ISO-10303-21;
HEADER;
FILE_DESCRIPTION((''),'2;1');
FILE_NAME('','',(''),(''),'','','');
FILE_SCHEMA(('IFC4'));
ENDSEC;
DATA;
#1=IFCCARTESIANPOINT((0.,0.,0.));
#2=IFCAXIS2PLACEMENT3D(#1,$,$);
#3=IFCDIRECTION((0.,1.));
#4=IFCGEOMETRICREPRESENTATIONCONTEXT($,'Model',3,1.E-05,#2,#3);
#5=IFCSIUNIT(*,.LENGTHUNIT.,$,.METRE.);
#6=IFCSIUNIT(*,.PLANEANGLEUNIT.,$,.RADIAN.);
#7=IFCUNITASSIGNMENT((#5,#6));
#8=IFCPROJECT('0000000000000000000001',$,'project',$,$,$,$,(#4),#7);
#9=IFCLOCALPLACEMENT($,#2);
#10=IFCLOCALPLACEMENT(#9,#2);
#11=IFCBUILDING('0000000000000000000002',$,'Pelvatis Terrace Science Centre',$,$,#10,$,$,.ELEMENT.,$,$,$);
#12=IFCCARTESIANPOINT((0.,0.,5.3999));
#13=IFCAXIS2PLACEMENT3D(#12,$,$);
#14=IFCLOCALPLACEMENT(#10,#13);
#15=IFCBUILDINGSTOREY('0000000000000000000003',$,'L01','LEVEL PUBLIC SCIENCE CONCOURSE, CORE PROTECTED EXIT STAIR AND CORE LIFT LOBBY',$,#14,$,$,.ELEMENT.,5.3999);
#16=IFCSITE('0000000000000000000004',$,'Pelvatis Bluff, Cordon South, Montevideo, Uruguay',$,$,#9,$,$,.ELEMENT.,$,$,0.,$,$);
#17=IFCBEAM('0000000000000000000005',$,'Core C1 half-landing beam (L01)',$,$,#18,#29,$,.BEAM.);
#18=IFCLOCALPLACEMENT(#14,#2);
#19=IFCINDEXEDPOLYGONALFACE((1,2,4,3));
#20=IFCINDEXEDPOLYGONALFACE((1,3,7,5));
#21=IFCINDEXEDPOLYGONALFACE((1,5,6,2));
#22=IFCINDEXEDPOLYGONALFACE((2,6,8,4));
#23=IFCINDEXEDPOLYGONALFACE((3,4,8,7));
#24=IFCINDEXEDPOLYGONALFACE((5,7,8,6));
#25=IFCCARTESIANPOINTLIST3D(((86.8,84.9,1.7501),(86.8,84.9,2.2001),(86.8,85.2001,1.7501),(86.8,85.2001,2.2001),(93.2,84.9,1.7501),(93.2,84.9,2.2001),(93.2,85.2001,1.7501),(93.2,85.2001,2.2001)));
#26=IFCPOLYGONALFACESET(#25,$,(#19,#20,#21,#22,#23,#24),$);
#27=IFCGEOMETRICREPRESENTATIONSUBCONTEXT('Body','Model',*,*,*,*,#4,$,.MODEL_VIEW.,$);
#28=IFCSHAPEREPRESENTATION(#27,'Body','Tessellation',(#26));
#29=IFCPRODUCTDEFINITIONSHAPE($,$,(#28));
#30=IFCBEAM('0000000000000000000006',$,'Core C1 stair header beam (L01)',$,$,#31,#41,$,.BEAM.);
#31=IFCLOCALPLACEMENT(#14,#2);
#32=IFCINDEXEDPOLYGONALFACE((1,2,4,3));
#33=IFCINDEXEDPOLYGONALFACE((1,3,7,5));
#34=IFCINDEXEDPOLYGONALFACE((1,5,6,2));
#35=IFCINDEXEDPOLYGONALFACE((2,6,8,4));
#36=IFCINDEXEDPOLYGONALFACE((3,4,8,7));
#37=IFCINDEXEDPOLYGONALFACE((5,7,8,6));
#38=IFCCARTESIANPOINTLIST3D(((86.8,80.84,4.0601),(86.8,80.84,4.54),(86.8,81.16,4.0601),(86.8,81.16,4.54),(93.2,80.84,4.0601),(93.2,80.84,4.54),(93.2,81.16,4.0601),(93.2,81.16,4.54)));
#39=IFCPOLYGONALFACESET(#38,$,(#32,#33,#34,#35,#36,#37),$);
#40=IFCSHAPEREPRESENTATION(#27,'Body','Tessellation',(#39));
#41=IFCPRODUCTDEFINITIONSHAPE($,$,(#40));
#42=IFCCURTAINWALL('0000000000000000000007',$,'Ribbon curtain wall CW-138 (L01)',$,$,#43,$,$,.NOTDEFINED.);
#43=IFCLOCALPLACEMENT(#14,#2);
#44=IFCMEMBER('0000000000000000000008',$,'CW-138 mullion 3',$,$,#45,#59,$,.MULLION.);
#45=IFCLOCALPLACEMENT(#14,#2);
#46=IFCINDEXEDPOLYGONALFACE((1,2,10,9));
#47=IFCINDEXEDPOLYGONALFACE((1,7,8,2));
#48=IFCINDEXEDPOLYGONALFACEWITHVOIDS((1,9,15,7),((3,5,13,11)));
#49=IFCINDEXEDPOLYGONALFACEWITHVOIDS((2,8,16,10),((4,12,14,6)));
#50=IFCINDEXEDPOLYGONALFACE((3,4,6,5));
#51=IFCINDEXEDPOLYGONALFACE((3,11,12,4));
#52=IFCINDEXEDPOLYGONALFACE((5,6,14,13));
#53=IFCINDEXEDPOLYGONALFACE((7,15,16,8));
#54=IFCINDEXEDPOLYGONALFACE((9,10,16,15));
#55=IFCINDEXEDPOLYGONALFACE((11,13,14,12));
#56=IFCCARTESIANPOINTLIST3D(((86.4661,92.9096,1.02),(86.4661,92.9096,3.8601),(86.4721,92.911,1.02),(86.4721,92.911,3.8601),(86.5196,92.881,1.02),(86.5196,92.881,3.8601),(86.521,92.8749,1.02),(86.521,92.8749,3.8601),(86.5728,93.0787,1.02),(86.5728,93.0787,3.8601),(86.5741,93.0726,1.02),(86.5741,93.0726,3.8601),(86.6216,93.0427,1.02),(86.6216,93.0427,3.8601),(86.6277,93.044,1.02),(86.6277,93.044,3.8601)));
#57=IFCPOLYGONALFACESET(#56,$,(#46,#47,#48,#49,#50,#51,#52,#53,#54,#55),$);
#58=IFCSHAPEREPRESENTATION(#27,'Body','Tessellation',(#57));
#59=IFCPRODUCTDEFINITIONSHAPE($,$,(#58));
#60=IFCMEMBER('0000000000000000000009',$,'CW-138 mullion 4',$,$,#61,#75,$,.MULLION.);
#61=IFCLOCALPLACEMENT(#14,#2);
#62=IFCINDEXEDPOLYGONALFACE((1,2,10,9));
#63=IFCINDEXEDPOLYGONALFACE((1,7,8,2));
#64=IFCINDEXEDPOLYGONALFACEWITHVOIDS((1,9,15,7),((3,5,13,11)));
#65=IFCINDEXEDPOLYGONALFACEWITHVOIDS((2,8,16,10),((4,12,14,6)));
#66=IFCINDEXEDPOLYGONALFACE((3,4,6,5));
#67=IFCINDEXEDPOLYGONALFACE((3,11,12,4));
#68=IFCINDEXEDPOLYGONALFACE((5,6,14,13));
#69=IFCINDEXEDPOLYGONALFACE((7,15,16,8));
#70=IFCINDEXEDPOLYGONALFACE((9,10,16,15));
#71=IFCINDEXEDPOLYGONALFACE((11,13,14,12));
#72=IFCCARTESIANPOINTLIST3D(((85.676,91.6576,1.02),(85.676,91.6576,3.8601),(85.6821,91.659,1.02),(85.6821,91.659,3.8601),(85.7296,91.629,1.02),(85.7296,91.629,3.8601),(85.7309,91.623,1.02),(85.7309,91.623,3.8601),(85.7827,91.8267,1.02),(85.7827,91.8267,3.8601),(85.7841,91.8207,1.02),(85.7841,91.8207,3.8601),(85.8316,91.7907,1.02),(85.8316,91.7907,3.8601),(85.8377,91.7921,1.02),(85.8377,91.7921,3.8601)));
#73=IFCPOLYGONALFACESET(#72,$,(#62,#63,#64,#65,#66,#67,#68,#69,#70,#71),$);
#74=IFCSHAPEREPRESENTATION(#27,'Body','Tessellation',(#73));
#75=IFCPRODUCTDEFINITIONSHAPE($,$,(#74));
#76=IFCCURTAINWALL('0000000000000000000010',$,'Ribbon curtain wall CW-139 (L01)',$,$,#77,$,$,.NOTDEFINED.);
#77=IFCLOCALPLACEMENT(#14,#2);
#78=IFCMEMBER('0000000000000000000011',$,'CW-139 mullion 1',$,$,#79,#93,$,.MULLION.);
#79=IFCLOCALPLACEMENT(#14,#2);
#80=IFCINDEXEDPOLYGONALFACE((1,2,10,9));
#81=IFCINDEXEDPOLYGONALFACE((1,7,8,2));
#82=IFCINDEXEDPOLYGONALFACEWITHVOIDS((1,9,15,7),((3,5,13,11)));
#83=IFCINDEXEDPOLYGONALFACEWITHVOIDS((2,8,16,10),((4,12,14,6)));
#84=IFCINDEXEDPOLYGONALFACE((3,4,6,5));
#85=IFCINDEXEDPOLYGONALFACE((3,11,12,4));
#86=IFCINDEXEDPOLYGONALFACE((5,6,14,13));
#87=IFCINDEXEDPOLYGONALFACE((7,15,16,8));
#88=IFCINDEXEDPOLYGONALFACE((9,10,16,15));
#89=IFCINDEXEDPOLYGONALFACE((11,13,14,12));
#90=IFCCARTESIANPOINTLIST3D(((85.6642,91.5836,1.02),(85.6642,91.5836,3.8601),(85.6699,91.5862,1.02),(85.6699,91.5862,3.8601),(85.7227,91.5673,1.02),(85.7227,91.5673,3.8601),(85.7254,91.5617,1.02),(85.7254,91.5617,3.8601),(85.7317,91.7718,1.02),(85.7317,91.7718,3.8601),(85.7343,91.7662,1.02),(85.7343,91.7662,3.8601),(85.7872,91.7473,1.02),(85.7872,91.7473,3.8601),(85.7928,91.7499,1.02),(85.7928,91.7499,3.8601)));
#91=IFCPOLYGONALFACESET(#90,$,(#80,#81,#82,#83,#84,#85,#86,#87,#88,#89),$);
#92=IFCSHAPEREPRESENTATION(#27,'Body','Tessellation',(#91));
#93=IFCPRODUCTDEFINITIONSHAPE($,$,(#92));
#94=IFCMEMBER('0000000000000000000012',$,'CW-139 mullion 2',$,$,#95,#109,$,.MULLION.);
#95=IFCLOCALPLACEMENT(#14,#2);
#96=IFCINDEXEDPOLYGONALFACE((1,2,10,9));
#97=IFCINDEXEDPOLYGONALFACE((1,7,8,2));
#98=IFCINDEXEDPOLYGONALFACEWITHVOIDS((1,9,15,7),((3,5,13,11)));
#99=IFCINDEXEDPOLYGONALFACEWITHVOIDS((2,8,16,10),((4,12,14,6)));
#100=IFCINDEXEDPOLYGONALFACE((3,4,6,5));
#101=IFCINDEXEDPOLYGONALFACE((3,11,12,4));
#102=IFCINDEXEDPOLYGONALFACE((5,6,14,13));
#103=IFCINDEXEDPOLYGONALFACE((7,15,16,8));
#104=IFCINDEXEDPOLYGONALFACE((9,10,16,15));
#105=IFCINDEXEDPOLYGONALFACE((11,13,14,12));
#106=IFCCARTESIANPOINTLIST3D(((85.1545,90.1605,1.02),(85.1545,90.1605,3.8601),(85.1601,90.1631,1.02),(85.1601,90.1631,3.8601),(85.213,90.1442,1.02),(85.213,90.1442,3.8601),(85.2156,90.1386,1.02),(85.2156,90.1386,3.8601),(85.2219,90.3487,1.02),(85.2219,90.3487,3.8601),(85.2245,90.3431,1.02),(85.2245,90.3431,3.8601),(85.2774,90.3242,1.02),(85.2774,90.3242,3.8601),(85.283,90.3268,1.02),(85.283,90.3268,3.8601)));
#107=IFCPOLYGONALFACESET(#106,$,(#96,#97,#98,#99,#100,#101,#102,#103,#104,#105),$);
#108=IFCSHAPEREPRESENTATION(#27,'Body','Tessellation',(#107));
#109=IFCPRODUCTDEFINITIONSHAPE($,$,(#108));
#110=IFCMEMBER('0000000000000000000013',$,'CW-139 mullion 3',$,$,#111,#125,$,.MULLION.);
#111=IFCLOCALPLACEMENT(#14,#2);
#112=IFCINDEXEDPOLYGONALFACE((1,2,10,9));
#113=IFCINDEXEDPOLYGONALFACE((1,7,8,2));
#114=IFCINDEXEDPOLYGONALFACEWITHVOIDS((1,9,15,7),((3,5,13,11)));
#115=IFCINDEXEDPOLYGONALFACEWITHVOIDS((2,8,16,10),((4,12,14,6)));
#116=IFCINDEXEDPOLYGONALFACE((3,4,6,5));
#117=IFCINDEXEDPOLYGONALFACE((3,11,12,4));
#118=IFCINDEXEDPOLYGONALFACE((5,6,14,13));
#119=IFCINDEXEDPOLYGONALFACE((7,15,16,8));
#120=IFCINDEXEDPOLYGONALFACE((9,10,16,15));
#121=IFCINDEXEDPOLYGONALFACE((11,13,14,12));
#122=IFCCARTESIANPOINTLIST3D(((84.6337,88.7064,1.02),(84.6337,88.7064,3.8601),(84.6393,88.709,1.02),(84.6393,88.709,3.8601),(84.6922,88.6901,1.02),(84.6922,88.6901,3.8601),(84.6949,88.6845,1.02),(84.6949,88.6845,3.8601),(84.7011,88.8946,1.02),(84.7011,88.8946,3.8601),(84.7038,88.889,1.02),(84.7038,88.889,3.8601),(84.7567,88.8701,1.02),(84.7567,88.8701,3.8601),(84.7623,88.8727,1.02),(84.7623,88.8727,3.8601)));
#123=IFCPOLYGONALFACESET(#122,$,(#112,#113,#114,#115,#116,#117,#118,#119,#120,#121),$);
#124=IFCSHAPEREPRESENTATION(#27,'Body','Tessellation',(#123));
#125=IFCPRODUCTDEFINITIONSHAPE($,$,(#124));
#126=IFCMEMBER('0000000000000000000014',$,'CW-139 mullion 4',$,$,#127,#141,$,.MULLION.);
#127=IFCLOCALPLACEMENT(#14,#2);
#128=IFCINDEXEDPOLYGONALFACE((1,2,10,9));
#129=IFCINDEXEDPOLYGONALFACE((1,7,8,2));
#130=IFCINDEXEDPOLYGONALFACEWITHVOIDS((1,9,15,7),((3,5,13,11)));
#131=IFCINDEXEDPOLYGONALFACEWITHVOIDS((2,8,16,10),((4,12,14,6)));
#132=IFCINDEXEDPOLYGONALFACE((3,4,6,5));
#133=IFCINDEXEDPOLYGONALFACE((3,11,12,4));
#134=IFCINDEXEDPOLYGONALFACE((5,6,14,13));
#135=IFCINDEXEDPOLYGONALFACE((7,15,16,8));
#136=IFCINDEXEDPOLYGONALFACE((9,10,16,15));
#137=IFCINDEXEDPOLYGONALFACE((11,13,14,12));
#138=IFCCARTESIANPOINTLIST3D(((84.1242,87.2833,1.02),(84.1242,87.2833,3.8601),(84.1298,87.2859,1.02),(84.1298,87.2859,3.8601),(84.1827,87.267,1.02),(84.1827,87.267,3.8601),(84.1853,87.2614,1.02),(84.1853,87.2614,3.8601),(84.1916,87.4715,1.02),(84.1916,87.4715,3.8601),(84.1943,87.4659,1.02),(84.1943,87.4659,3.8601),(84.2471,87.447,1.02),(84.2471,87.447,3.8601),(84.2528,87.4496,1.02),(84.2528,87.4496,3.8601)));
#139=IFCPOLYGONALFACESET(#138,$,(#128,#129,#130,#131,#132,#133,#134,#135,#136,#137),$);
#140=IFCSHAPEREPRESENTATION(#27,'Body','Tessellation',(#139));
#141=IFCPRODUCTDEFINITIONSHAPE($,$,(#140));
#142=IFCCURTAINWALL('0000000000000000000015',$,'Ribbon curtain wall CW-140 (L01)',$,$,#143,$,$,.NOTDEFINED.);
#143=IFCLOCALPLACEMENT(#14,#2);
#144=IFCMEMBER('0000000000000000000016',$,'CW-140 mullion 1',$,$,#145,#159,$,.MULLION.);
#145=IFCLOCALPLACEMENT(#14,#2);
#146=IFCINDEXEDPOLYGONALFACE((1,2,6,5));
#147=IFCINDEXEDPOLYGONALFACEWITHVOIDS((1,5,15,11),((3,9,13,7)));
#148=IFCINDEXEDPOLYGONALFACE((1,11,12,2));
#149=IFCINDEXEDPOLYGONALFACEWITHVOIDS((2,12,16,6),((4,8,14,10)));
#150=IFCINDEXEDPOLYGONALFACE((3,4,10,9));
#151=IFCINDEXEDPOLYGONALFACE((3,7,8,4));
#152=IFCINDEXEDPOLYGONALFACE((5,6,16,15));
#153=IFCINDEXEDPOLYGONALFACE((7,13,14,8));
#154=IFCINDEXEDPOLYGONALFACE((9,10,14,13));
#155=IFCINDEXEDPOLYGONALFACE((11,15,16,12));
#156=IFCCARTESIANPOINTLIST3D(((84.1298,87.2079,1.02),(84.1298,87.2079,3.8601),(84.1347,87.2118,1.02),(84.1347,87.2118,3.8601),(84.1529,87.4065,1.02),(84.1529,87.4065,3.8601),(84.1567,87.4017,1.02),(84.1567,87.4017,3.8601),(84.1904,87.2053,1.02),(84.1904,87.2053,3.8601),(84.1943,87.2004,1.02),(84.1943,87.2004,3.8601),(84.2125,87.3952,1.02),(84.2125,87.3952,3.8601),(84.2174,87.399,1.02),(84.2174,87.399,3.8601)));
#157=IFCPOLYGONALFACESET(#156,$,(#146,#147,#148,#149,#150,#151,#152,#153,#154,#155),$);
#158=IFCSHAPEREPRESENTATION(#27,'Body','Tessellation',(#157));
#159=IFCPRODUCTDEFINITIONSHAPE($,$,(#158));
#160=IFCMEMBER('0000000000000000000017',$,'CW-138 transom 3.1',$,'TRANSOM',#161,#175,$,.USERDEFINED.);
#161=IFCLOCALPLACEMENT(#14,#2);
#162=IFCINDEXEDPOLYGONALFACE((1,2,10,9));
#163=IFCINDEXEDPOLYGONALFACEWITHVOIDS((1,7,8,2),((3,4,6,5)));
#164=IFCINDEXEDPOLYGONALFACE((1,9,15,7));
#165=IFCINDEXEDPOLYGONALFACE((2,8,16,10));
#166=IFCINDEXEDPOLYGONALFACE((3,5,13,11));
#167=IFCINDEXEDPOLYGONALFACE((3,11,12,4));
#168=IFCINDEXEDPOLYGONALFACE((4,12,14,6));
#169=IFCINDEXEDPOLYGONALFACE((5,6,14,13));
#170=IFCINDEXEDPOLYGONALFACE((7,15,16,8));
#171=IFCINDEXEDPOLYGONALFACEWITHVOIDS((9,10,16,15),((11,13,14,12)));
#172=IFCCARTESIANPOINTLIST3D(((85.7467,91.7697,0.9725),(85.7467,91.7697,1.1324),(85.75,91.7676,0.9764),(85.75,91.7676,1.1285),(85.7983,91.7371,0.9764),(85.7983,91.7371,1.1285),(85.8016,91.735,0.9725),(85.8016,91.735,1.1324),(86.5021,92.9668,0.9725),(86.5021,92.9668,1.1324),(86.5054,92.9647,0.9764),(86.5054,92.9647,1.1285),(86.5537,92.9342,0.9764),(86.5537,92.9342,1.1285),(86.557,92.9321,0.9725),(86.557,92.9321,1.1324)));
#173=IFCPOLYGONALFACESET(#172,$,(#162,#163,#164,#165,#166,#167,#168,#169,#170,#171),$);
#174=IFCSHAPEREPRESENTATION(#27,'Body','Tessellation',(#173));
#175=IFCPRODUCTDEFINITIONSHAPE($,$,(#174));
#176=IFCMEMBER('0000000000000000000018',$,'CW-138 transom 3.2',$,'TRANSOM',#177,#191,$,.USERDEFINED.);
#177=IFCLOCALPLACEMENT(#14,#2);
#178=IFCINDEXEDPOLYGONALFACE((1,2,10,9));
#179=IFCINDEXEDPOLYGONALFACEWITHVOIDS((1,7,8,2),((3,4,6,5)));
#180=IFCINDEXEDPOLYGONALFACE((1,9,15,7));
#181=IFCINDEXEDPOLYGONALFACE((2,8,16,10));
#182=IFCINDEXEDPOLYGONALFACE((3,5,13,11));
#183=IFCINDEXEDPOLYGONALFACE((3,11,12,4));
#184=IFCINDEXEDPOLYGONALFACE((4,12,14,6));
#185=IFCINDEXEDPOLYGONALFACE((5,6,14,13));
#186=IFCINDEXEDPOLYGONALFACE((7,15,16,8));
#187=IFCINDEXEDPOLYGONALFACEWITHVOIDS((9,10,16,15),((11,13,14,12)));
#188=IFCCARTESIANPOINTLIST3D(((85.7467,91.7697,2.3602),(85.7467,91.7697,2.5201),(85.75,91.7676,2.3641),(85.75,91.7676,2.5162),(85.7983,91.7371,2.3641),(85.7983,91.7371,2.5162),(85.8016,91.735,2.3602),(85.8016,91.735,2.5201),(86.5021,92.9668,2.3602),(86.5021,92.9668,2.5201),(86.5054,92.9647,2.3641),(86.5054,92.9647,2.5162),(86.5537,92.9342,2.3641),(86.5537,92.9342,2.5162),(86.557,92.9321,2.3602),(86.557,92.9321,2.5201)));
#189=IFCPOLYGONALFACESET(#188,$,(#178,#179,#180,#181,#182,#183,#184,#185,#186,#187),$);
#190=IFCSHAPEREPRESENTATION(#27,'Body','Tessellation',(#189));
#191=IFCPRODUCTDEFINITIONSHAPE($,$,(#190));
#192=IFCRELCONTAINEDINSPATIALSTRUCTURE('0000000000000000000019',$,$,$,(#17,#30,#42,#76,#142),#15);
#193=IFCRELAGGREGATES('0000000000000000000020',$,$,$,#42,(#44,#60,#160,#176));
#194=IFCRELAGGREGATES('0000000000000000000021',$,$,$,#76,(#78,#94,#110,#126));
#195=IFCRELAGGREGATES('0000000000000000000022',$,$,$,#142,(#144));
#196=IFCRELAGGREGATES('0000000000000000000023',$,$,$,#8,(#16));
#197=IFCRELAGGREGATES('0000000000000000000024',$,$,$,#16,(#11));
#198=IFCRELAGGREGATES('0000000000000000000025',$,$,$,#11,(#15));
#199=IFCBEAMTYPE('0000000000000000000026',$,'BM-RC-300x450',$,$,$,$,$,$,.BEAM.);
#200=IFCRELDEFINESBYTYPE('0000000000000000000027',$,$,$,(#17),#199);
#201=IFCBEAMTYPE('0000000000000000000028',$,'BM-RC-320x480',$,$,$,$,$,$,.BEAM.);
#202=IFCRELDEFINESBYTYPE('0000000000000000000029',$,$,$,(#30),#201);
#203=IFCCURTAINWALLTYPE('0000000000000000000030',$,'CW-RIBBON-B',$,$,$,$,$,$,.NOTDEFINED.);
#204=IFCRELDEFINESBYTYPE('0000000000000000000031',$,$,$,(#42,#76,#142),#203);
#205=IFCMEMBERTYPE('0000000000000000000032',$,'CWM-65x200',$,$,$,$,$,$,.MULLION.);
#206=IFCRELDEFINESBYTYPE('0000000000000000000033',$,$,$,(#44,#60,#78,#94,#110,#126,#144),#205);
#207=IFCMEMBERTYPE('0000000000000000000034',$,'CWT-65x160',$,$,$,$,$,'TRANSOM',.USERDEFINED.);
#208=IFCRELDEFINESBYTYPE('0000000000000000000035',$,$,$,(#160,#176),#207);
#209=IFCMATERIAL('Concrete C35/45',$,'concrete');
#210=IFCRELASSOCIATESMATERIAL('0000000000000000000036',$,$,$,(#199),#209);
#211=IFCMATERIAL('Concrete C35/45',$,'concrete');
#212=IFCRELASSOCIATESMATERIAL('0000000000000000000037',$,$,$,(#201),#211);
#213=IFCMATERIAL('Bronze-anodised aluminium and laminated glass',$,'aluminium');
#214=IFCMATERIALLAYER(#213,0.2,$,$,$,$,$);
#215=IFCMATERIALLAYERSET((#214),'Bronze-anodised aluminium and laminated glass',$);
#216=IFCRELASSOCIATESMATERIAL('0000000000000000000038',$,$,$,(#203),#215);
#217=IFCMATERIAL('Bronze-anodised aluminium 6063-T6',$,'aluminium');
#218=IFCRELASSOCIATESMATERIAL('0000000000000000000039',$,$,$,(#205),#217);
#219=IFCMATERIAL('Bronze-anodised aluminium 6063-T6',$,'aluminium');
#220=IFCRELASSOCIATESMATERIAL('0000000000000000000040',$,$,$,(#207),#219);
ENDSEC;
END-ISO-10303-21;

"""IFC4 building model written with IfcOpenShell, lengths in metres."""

from ifc_helpers import new_model, si_unit, direction, frame, origin, origin_2d, place, context, subcontext, project, spatial, rectangle, hollow_rectangle, extrude, material, layer, layer_set, material_profile, profile_set, type_object, element, aggregate, save


model = new_model("IFC4")

# Units and contexts
model_context = context("Model", 3, precision=1e-05, world=origin(), true_north=direction((0.0, 1.0)))
body_context = subcontext(model_context, "Body", "Model", "MODEL_VIEW")
ifc_project = project(units=[si_unit("LENGTHUNIT", "METRE"), si_unit("PLANEANGLEUNIT", "RADIAN")], contexts=[model_context])

# Site, building, storey
site_placement = place(None, origin())
site = spatial("IfcSite", under=ifc_project, at=site_placement, Name="Pelvatis Bluff, Cordon South, Montevideo, Uruguay", CompositionType="ELEMENT", RefElevation=0.0)
building_placement = place(site_placement, origin())
building = spatial("IfcBuilding", under=site, at=building_placement, Name="Pelvatis Terrace Science Centre", CompositionType="ELEMENT")
storey_placement = place(building_placement, frame((0.0, 0.0, 5.3999)))
storey = spatial("IfcBuildingStorey", under=building, at=storey_placement, Name="L01", Description="LEVEL PUBLIC SCIENCE CONCOURSE, CORE PROTECTED EXIT STAIR AND CORE LIFT LOBBY", CompositionType="ELEMENT", Elevation=5.3999)

# Beams
ifc_material_1 = material(Name="Concrete C35/45", Category="concrete")
ifc_material_profile_1 = material_profile(ifc_material_1, rectangle(XDim=0.3, YDim=0.45, at=origin_2d()), Name="RC-BM 300x450")
ifc_profile_set_1 = profile_set([ifc_material_profile_1], Name="Concrete C35/45")
beam_type_1 = type_object("IfcBeamType", Name="BM-RC-300x450", PredefinedType="BEAM", material=ifc_profile_set_1)
beam_1_placement = place(storey_placement, frame((86.8, 85.05, 1.9751), z_axis=(1.0, 0.0, 0.0), x_axis=(0.0, 1.0, 0.0)))
element("IfcBeam", 1, at=beam_1_placement, inside=storey, type_object=beam_type_1, Name="Core C1 half-landing beam (L01)", PredefinedType="BEAM", context=body_context, shape_type="SweptSolid", body=[
    extrude(rectangle(XDim=0.3, YDim=0.45, at=origin_2d()), origin(), (0.0, 0.0, 1.0), 6.3999),
])
ifc_material_2 = material(Name="Concrete C35/45", Category="concrete")
ifc_material_profile_2 = material_profile(ifc_material_2, rectangle(XDim=0.3201, YDim=0.48, at=origin_2d()), Name="RC-BM 320x480")
ifc_profile_set_2 = profile_set([ifc_material_profile_2], Name="Concrete C35/45")
beam_type_2 = type_object("IfcBeamType", Name="BM-RC-320x480", PredefinedType="BEAM", material=ifc_profile_set_2)
beam_2_placement = place(storey_placement, frame((86.8, 81.0, 4.3), z_axis=(1.0, 0.0, 0.0), x_axis=(0.0, 1.0, 0.0)))
element("IfcBeam", 2, at=beam_2_placement, inside=storey, type_object=beam_type_2, Name="Core C1 stair header beam (L01)", PredefinedType="BEAM", context=body_context, shape_type="SweptSolid", body=[
    extrude(rectangle(XDim=0.3201, YDim=0.48, at=origin_2d()), origin(), (0.0, 0.0, 1.0), 6.3999),
])

# Curtain walls, members
ifc_material_3 = material(Name="Bronze-anodised aluminium and laminated glass", Category="aluminium")
ifc_layer_1 = layer(ifc_material_3, 0.2)
ifc_layer_set_1 = layer_set([ifc_layer_1], Name="Bronze-anodised aluminium and laminated glass")
curtain_wall_type = type_object("IfcCurtainWallType", Name="CW-RIBBON-B", PredefinedType="NOTDEFINED", material=ifc_layer_set_1)
curtain_wall_1_placement = place(storey_placement, origin())
curtain_wall_1 = element("IfcCurtainWall", 3, at=curtain_wall_1_placement, inside=storey, type_object=curtain_wall_type, Name="Ribbon curtain wall CW-138 (L01)", PredefinedType="NOTDEFINED")
ifc_material_4 = material(Name="Bronze-anodised aluminium 6063-T6", Category="aluminium")
ifc_material_profile_3 = material_profile(ifc_material_4, hollow_rectangle(XDim=0.0649, YDim=0.2, WallThickness=0.0044, at=origin_2d()), Name="ALU-MUL 65x200")
ifc_profile_set_3 = profile_set([ifc_material_profile_3], Name="Bronze-anodised aluminium 6063-T6")
member_type_1 = type_object("IfcMemberType", Name="CWM-65x200", PredefinedType="MULLION", material=ifc_profile_set_3)
member_1_placement = place(storey_placement, frame((86.5469, 92.9768, 1.02), z_axis=(0.0, 0.0, 1.0), x_axis=(0.845683, -0.533685, 0.0)))
member_1 = element("IfcMember", 4, at=member_1_placement, type_object=member_type_1, Name="CW-138 mullion 3", PredefinedType="MULLION", context=body_context, shape_type="SweptSolid", body=[
    extrude(hollow_rectangle(XDim=0.0649, YDim=0.2, WallThickness=0.0044, at=origin_2d()), origin(), (0.0, 0.0, 1.0), 2.8401),
])
member_2_placement = place(storey_placement, frame((85.7568, 91.7249, 1.02), z_axis=(0.0, 0.0, 1.0), x_axis=(0.845683, -0.533685, 0.0)))
member_2 = element("IfcMember", 5, at=member_2_placement, type_object=member_type_1, Name="CW-138 mullion 4", PredefinedType="MULLION", context=body_context, shape_type="SweptSolid", body=[
    extrude(hollow_rectangle(XDim=0.0649, YDim=0.2, WallThickness=0.0044, at=origin_2d()), origin(), (0.0, 0.0, 1.0), 2.8401),
])
curtain_wall_2_placement = place(storey_placement, origin())
curtain_wall_2 = element("IfcCurtainWall", 6, at=curtain_wall_2_placement, inside=storey, type_object=curtain_wall_type, Name="Ribbon curtain wall CW-139 (L01)", PredefinedType="NOTDEFINED")
member_3_placement = place(storey_placement, frame((85.7285, 91.6667, 1.02), z_axis=(0.0, 0.0, 1.0), x_axis=(0.941442, -0.337176, 0.0)))
member_3 = element("IfcMember", 7, at=member_3_placement, type_object=member_type_1, Name="CW-139 mullion 1", PredefinedType="MULLION", context=body_context, shape_type="SweptSolid", body=[
    extrude(hollow_rectangle(XDim=0.0649, YDim=0.2, WallThickness=0.0044, at=origin_2d()), origin(), (0.0, 0.0, 1.0), 2.8401),
])
member_4_placement = place(storey_placement, frame((85.2188, 90.2437, 1.02), z_axis=(0.0, 0.0, 1.0), x_axis=(0.941442, -0.337176, 0.0)))
member_4 = element("IfcMember", 8, at=member_4_placement, type_object=member_type_1, Name="CW-139 mullion 2", PredefinedType="MULLION", context=body_context, shape_type="SweptSolid", body=[
    extrude(hollow_rectangle(XDim=0.0649, YDim=0.2, WallThickness=0.0044, at=origin_2d()), origin(), (0.0, 0.0, 1.0), 2.8401),
])
member_5_placement = place(storey_placement, frame((84.698, 88.7896, 1.02), z_axis=(0.0, 0.0, 1.0), x_axis=(0.941442, -0.337176, 0.0)))
member_5 = element("IfcMember", 9, at=member_5_placement, type_object=member_type_1, Name="CW-139 mullion 3", PredefinedType="MULLION", context=body_context, shape_type="SweptSolid", body=[
    extrude(hollow_rectangle(XDim=0.0649, YDim=0.2, WallThickness=0.0044, at=origin_2d()), origin(), (0.0, 0.0, 1.0), 2.8401),
])
member_6_placement = place(storey_placement, frame((84.1885, 87.3665, 1.02), z_axis=(0.0, 0.0, 1.0), x_axis=(0.941442, -0.337176, 0.0)))
member_6 = element("IfcMember", 10, at=member_6_placement, type_object=member_type_1, Name="CW-139 mullion 4", PredefinedType="MULLION", context=body_context, shape_type="SweptSolid", body=[
    extrude(hollow_rectangle(XDim=0.0649, YDim=0.2, WallThickness=0.0044, at=origin_2d()), origin(), (0.0, 0.0, 1.0), 2.8401),
])

# Curtain wall, member
curtain_wall_3_placement = place(storey_placement, origin())
curtain_wall_3 = element("IfcCurtainWall", 11, at=curtain_wall_3_placement, inside=storey, type_object=curtain_wall_type, Name="Ribbon curtain wall CW-140 (L01)", PredefinedType="NOTDEFINED")
member_7_placement = place(storey_placement, frame((84.1736, 87.3035, 1.02), z_axis=(0.0, 0.0, 1.0), x_axis=(0.993308, -0.115497, 0.0)))
member_7 = element("IfcMember", 12, at=member_7_placement, type_object=member_type_1, Name="CW-140 mullion 1", PredefinedType="MULLION", context=body_context, shape_type="SweptSolid", body=[
    extrude(hollow_rectangle(XDim=0.0649, YDim=0.2, WallThickness=0.0044, at=origin_2d()), origin(), (0.0, 0.0, 1.0), 2.8401),
])

# Members
ifc_material_5 = material(Name="Bronze-anodised aluminium 6063-T6", Category="aluminium")
ifc_material_profile_4 = material_profile(ifc_material_5, hollow_rectangle(XDim=0.0649, YDim=0.1599, WallThickness=0.0039, at=origin_2d()), Name="ALU-TRN 65x160")
ifc_profile_set_4 = profile_set([ifc_material_profile_4], Name="Bronze-anodised aluminium 6063-T6")
member_type_2 = type_object("IfcMemberType", Name="CWT-65x160", ElementType="TRANSOM", PredefinedType="USERDEFINED", material=ifc_profile_set_4)
member_8_placement = place(storey_placement, frame((86.5295, 92.9495, 1.0525), z_axis=(-0.533668, -0.845694, 0.0), x_axis=(0.845694, -0.533668, 0.0)))
member_8 = element("IfcMember", 13, at=member_8_placement, type_object=member_type_2, Name="CW-138 transom 3.1", ObjectType="TRANSOM", PredefinedType="USERDEFINED", context=body_context, shape_type="SweptSolid", body=[
    extrude(hollow_rectangle(XDim=0.0649, YDim=0.1599, WallThickness=0.0039, at=origin_2d()), origin(), (0.0, 0.0, 1.0), 1.4155),
])
member_9_placement = place(storey_placement, frame((86.5295, 92.9495, 2.4402), z_axis=(-0.533668, -0.845694, 0.0), x_axis=(0.845694, -0.533668, 0.0)))
member_9 = element("IfcMember", 14, at=member_9_placement, type_object=member_type_2, Name="CW-138 transom 3.2", ObjectType="TRANSOM", PredefinedType="USERDEFINED", context=body_context, shape_type="SweptSolid", body=[
    extrude(hollow_rectangle(XDim=0.0649, YDim=0.1599, WallThickness=0.0039, at=origin_2d()), origin(), (0.0, 0.0, 1.0), 1.4155),
])

aggregate(curtain_wall_1, [member_1, member_2, member_8, member_9])
aggregate(curtain_wall_2, [member_3, member_4, member_5, member_6])
aggregate(curtain_wall_3, [member_7])

save(model, "model.ifc")
